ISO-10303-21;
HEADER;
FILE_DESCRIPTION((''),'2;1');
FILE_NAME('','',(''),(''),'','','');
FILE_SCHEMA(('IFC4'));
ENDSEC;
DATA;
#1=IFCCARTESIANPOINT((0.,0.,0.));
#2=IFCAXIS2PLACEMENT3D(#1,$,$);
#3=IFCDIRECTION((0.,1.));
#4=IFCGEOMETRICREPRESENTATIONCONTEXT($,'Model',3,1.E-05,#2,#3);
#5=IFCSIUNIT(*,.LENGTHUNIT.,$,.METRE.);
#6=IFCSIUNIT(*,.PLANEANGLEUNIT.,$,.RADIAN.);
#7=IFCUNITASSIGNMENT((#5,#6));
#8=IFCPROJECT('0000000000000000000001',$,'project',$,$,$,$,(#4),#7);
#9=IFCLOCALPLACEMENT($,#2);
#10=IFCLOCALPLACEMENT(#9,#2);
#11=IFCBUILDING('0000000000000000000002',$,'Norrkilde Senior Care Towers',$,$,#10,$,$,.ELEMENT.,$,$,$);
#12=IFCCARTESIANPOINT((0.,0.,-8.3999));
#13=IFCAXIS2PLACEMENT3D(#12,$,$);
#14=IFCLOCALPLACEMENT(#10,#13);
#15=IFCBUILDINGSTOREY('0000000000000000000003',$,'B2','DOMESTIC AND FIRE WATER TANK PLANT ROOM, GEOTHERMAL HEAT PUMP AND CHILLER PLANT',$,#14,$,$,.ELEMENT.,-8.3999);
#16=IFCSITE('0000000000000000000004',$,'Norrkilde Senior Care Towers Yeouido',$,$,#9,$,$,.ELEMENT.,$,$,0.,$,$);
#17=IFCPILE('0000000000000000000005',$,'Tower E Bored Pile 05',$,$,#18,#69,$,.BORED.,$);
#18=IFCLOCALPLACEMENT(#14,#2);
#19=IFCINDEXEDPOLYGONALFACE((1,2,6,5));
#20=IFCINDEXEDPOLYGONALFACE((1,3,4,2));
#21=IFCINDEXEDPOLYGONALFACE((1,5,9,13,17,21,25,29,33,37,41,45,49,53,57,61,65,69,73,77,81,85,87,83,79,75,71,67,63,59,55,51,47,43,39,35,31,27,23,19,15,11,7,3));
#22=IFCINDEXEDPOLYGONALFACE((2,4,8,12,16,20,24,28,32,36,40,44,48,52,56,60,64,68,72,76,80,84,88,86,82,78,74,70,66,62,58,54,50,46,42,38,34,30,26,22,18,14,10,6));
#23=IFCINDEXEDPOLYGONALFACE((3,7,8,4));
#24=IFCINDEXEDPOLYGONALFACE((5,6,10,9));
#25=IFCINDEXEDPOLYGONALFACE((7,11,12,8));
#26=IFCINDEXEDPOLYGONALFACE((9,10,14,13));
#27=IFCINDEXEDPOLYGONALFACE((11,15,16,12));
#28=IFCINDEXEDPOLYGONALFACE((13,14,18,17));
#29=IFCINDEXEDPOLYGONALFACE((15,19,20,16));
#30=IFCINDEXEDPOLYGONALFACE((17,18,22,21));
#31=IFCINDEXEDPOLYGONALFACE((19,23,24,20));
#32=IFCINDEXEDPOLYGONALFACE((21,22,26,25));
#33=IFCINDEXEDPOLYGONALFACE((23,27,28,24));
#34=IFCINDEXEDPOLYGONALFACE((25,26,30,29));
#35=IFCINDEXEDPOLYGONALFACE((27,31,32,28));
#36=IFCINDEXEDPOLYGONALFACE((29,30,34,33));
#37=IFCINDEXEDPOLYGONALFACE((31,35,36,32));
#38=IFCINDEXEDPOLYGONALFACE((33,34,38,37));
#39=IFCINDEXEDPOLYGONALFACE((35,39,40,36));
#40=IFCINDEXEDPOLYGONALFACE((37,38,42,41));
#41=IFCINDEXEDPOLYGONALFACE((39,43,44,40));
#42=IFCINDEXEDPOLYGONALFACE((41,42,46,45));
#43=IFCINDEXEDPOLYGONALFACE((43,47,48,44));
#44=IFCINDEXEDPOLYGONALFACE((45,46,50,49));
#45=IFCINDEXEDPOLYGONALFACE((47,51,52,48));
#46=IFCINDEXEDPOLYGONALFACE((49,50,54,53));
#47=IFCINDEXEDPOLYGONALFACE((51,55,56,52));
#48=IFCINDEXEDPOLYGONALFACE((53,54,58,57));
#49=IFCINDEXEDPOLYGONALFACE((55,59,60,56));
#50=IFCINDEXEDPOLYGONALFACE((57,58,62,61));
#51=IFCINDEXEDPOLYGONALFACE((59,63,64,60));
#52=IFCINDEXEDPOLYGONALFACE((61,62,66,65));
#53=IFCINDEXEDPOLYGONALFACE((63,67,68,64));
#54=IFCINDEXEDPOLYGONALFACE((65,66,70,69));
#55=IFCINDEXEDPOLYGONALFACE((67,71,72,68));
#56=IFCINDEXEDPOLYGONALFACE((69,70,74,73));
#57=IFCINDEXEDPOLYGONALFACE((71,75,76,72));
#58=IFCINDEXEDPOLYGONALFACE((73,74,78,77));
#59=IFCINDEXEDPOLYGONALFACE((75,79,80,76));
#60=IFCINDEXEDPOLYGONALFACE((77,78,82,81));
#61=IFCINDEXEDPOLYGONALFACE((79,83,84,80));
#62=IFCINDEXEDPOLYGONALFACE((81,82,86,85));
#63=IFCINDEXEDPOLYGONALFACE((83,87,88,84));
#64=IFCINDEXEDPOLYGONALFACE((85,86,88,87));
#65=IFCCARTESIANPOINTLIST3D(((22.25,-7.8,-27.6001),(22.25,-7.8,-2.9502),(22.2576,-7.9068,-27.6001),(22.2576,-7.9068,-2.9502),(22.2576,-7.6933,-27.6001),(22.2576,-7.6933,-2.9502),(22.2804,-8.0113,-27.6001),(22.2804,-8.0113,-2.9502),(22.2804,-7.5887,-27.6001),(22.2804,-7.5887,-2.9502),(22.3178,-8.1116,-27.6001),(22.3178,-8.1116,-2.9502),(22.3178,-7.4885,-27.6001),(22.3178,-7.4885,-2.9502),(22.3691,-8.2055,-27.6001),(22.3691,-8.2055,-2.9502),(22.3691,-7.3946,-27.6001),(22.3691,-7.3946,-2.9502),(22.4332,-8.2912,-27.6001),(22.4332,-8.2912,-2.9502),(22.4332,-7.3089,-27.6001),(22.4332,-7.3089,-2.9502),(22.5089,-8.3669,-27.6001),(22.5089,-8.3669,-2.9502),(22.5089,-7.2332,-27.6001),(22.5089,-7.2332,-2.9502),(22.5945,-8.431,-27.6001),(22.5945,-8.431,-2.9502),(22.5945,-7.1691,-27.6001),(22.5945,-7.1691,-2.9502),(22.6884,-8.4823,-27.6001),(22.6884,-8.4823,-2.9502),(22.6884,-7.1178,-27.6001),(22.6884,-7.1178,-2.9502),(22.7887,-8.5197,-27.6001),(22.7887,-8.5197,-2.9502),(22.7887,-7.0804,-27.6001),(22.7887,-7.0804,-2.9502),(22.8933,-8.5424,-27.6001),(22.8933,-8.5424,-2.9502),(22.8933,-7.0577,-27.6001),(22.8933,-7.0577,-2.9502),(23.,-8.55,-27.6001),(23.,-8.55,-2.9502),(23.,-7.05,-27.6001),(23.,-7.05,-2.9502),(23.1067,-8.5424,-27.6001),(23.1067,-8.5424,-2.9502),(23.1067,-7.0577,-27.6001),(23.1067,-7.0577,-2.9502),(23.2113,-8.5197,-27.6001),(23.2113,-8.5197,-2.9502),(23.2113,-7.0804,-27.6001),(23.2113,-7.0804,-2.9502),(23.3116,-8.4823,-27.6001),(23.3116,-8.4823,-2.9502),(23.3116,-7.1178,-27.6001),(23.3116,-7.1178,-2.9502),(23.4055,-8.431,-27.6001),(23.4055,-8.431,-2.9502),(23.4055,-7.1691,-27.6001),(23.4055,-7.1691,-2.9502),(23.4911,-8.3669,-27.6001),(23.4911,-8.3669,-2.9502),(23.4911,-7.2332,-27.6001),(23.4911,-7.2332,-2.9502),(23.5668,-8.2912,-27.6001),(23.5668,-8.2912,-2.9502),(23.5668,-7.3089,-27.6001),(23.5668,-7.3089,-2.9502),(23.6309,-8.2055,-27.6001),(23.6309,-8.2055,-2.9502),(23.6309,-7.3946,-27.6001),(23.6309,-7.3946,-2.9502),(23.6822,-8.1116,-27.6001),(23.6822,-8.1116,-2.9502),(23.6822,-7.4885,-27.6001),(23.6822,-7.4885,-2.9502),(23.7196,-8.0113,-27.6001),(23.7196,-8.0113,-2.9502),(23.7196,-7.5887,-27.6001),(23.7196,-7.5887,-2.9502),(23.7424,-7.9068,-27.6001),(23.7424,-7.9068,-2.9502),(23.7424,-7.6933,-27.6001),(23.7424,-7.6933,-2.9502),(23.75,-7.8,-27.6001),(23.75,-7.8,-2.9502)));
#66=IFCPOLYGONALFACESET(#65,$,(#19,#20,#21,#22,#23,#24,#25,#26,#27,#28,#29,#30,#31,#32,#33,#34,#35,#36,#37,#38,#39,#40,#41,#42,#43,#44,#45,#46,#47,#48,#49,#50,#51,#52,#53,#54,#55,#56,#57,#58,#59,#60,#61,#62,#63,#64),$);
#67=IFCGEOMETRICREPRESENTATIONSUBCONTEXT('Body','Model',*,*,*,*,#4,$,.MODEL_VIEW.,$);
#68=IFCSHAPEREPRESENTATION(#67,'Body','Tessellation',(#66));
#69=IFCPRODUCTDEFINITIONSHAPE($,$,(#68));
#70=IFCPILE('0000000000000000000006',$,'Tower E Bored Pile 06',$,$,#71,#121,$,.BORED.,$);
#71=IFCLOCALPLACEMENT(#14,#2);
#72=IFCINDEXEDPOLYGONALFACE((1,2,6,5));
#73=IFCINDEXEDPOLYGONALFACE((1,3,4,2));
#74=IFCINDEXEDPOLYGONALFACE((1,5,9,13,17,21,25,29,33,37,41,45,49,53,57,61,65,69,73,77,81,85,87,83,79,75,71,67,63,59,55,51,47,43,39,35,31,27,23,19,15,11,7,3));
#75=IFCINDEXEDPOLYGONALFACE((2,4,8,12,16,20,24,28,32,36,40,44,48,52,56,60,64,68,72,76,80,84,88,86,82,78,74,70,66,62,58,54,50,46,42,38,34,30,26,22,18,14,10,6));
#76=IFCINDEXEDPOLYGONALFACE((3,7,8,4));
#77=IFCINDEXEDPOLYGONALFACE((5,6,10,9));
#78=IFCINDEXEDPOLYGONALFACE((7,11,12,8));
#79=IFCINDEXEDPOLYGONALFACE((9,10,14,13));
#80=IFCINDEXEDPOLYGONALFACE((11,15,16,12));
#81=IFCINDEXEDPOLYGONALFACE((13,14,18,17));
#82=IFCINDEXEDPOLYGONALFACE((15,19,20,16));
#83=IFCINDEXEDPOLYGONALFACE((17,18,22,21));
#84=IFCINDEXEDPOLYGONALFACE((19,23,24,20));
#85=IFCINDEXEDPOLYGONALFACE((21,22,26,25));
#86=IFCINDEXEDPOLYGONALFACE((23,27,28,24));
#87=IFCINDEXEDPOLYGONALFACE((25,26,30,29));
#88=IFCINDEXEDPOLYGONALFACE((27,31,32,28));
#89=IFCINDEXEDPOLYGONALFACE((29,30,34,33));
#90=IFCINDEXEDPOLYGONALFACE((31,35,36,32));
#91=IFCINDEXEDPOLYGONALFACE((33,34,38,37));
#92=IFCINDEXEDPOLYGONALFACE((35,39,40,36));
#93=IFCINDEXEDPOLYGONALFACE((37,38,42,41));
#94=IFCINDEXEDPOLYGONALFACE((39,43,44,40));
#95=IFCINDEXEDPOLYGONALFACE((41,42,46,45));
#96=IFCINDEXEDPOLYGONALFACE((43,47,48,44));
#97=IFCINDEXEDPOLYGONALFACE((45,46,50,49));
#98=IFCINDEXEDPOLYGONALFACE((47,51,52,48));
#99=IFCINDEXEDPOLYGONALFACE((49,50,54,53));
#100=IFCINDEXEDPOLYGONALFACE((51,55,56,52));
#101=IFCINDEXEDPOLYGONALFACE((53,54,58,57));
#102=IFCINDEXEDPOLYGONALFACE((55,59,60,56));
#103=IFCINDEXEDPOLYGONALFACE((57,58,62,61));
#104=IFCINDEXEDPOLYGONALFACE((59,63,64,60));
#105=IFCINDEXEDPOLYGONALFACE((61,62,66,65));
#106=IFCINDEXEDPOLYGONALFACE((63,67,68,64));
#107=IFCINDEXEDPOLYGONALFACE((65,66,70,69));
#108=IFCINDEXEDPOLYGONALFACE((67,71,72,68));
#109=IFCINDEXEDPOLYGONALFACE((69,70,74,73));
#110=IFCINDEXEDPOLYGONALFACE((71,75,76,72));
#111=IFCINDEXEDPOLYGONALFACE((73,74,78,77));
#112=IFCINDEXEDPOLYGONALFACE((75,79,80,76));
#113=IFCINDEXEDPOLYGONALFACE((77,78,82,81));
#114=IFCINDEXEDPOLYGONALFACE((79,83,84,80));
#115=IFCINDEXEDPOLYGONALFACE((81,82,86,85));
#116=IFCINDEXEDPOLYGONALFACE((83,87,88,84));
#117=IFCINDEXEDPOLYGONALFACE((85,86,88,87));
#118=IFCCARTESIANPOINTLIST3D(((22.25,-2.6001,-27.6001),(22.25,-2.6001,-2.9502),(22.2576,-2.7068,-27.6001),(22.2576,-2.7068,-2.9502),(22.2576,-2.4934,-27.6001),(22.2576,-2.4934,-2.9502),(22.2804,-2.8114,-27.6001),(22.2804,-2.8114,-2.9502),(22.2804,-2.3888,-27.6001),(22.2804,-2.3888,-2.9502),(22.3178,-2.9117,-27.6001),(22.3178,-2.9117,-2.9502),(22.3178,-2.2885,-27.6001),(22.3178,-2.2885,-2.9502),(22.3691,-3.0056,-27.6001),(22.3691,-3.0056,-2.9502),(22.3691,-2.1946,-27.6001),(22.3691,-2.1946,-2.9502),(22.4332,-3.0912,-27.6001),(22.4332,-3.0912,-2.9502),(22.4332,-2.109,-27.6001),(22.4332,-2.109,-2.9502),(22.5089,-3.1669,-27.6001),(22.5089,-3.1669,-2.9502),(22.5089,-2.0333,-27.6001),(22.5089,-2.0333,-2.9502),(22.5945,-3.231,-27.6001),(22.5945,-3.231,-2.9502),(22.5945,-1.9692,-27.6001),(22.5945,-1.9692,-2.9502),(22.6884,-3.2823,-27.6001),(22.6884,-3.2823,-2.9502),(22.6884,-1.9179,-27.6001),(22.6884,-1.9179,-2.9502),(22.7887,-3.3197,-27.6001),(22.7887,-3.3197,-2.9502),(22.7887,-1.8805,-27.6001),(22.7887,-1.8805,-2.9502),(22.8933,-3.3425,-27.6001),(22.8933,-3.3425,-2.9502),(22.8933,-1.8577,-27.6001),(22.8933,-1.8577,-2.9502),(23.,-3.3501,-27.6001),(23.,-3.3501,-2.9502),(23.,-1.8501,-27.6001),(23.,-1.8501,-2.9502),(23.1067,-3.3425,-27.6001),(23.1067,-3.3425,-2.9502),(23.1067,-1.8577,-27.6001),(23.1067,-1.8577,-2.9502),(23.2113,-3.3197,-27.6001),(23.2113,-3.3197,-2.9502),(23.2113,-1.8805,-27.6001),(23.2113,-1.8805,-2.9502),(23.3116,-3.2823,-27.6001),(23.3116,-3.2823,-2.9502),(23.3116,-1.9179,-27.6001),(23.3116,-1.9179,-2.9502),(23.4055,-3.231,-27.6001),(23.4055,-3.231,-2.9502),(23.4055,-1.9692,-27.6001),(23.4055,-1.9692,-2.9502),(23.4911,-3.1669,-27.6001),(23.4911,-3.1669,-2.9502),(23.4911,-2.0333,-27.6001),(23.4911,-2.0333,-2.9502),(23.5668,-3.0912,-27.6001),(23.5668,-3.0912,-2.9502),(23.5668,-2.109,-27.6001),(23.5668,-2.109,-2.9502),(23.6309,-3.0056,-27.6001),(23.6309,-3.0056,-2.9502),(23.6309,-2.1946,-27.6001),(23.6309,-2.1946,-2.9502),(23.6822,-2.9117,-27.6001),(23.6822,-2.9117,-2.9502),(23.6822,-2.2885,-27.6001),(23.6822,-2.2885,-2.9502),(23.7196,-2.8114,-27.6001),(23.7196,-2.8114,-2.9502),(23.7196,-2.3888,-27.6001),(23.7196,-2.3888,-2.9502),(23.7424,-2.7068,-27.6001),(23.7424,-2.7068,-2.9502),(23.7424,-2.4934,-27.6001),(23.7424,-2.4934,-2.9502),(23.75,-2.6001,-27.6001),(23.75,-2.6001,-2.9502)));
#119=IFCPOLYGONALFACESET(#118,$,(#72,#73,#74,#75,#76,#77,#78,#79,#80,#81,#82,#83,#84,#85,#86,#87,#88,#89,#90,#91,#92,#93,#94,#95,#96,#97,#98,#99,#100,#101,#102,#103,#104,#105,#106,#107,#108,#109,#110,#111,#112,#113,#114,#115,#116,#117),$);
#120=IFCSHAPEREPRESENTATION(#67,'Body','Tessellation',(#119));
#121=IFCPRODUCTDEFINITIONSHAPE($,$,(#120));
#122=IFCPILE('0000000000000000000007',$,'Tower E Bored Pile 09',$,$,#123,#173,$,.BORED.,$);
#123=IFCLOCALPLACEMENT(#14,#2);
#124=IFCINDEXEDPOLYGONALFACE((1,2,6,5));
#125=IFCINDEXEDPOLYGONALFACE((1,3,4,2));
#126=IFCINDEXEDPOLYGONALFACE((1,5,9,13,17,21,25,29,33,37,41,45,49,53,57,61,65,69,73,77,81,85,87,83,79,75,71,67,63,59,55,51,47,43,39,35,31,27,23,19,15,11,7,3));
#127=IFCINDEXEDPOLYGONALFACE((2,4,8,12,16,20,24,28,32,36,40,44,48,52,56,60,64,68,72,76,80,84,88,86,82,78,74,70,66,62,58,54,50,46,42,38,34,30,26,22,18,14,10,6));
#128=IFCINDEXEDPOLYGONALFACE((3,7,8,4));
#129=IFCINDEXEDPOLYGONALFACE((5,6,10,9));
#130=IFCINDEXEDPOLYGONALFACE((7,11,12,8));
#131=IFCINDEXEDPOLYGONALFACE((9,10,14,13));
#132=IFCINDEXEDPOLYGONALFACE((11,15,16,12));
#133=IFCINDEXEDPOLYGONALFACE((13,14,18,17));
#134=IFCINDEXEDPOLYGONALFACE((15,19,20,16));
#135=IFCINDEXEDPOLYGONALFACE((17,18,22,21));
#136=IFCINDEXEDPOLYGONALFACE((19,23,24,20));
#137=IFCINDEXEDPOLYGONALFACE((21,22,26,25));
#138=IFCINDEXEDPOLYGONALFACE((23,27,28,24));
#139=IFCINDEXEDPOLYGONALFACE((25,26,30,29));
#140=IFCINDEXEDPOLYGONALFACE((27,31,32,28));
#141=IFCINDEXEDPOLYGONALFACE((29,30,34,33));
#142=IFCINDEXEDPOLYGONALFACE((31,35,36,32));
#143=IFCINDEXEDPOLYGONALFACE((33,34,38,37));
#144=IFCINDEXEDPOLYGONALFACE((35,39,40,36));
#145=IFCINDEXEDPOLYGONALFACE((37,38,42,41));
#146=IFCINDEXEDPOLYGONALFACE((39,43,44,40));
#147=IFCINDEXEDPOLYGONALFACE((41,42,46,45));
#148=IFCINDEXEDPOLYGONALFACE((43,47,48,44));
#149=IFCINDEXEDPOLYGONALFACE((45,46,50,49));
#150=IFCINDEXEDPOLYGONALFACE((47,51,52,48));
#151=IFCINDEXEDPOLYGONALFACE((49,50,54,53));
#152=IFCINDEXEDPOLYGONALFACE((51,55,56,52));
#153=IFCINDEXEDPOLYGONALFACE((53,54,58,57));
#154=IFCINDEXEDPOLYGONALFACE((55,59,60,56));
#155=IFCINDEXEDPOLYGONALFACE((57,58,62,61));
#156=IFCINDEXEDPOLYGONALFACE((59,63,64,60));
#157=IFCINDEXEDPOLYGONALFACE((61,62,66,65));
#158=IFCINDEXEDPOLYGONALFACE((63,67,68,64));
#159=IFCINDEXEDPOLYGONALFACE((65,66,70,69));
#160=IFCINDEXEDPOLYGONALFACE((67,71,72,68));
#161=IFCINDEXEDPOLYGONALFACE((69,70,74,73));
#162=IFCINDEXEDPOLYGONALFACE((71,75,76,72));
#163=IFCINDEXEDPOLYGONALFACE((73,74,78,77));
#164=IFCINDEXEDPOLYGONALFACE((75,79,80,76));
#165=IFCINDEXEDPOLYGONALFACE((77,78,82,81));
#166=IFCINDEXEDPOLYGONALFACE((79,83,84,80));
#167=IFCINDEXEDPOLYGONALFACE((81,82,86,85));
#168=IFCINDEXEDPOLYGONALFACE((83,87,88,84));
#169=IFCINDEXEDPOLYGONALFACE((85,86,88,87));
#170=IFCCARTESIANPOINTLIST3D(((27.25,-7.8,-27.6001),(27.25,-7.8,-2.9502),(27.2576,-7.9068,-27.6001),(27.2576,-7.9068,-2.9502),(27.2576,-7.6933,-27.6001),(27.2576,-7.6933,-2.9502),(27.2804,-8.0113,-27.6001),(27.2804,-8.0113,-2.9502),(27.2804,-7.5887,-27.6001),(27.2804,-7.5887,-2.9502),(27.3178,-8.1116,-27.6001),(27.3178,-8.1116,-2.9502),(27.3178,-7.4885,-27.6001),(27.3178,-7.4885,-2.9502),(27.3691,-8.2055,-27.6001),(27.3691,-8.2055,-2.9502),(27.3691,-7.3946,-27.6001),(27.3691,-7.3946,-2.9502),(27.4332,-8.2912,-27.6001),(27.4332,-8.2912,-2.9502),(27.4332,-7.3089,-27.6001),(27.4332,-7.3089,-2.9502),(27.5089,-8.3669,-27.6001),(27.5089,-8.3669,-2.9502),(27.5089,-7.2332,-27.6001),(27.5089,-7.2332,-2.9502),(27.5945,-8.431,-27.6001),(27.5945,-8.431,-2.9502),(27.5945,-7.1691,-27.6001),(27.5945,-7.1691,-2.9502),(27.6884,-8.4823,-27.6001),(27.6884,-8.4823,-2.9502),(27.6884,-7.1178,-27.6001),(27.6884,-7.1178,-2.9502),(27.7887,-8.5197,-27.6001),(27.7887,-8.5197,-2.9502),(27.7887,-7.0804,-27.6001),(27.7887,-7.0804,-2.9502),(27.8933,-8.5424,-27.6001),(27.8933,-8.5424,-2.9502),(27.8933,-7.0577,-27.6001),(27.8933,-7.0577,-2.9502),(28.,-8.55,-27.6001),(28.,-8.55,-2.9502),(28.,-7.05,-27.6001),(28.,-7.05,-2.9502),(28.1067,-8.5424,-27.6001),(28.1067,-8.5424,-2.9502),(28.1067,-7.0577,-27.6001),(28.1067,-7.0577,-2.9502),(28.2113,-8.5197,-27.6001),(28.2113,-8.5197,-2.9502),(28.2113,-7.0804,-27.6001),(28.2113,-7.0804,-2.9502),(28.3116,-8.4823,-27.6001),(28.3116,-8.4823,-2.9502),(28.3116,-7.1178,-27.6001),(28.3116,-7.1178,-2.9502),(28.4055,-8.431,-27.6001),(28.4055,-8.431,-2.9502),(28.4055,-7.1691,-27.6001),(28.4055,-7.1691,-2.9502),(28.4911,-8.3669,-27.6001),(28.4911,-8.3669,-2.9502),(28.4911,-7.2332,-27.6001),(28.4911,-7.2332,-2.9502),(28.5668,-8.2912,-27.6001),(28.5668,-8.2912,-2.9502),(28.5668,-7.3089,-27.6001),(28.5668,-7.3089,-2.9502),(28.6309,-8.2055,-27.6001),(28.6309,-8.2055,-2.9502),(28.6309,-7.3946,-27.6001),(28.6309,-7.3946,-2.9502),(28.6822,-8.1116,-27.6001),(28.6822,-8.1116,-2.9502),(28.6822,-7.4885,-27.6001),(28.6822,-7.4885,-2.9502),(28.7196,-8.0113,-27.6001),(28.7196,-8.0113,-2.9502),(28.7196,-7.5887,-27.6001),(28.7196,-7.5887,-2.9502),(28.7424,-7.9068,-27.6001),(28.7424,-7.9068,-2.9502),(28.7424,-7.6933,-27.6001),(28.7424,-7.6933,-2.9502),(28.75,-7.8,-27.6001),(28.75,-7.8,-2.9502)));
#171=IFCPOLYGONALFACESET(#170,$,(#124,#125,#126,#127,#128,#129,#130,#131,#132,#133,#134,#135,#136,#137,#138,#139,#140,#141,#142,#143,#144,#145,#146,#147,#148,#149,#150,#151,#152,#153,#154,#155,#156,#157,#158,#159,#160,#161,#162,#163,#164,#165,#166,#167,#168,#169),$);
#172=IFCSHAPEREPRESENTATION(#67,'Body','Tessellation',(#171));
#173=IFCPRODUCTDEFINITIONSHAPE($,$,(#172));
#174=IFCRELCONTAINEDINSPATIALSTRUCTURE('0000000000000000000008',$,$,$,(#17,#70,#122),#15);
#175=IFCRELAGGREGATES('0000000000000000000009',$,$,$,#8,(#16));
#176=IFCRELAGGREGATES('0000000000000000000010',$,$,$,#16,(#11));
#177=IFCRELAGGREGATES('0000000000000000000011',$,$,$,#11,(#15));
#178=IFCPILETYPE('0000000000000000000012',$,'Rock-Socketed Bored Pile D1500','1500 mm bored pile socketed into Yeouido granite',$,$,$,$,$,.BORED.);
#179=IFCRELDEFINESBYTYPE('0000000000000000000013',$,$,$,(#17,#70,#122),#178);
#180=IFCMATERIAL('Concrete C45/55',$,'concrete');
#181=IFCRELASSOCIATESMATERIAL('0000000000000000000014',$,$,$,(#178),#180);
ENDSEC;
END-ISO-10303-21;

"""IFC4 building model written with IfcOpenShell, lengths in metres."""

from ifc_helpers import new_model, si_unit, direction, frame, origin, origin_2d, place, context, subcontext, project, spatial, circle, extrude, source, transform, mapped, material, material_profile, profile_set, type_object, type_shapes, element, save


model = new_model("IFC4")

# Units and contexts
model_context = context("Model", 3, precision=1e-05, world=origin(), true_north=direction((0.0, 1.0)))
body_context = subcontext(model_context, "Body", "Model", "MODEL_VIEW")
ifc_project = project(units=[si_unit("LENGTHUNIT", "METRE"), si_unit("PLANEANGLEUNIT", "RADIAN")], contexts=[model_context])

# Site, building, storey
site_placement = place(None, origin())
site = spatial("IfcSite", under=ifc_project, at=site_placement, Name="Norrkilde Senior Care Towers Yeouido", CompositionType="ELEMENT", RefElevation=0.0)
building_placement = place(site_placement, origin())
building = spatial("IfcBuilding", under=site, at=building_placement, Name="Norrkilde Senior Care Towers", CompositionType="ELEMENT")
storey_placement = place(building_placement, frame((0.0, 0.0, -8.3999)))
storey = spatial("IfcBuildingStorey", under=building, at=storey_placement, Name="B2", Description="DOMESTIC AND FIRE WATER TANK PLANT ROOM, GEOTHERMAL HEAT PUMP AND CHILLER PLANT", CompositionType="ELEMENT", Elevation=-8.3999)

# Piles
ifc_material_1 = material(Name="Concrete C45/55", Category="concrete")
ifc_material_profile_1 = material_profile(ifc_material_1, circle(Radius=0.75, at=origin_2d()), Name="BORED PILE 1500")
ifc_profile_set_1 = profile_set([ifc_material_profile_1], Name="Concrete C45/55")
pile_type_1 = type_object("IfcPileType", Name="Rock-Socketed Bored Pile D1500", Description="1500 mm bored pile socketed into Yeouido granite", PredefinedType="BORED", material=ifc_profile_set_1)
shared_shape_1 = source(origin(), body_context, "Body", "SweptSolid", [
    extrude(circle(Radius=0.75, at=origin_2d()), origin(), (0.0, 0.0, 1.0), 24.6499),
])
type_shapes(pile_type_1, [shared_shape_1])
for number, where, z_axis, x_axis, name in (
    (1, (23.0, -7.8, -2.9502), (0.0, 0.0, -1.0), (1.0, 0.0, 0.0), "Tower E Bored Pile 05"),
    (2, (23.0, -2.6001, -2.9502), (0.0, 0.0, -1.0), (1.0, 0.0, 0.0), "Tower E Bored Pile 06"),
    (3, (28.0, -7.8, -2.9502), (0.0, 0.0, -1.0), (1.0, 0.0, 0.0), "Tower E Bored Pile 09"),
):
    element("IfcPile", number, at=place(storey_placement, frame(where, z_axis=z_axis, x_axis=x_axis)), inside=storey, type_object=pile_type_1, Name=name, PredefinedType="BORED", context=body_context, shape_type="MappedRepresentation", body=[
        mapped(shared_shape_1, transform((0.0, 0.0, 0.0), x_axis=(1.0, 0.0, 0.0), y_axis=(0.0, 1.0, 0.0), z_axis=(0.0, 0.0, 1.0), scale=1.0)),
    ])

save(model, "model.ifc")
